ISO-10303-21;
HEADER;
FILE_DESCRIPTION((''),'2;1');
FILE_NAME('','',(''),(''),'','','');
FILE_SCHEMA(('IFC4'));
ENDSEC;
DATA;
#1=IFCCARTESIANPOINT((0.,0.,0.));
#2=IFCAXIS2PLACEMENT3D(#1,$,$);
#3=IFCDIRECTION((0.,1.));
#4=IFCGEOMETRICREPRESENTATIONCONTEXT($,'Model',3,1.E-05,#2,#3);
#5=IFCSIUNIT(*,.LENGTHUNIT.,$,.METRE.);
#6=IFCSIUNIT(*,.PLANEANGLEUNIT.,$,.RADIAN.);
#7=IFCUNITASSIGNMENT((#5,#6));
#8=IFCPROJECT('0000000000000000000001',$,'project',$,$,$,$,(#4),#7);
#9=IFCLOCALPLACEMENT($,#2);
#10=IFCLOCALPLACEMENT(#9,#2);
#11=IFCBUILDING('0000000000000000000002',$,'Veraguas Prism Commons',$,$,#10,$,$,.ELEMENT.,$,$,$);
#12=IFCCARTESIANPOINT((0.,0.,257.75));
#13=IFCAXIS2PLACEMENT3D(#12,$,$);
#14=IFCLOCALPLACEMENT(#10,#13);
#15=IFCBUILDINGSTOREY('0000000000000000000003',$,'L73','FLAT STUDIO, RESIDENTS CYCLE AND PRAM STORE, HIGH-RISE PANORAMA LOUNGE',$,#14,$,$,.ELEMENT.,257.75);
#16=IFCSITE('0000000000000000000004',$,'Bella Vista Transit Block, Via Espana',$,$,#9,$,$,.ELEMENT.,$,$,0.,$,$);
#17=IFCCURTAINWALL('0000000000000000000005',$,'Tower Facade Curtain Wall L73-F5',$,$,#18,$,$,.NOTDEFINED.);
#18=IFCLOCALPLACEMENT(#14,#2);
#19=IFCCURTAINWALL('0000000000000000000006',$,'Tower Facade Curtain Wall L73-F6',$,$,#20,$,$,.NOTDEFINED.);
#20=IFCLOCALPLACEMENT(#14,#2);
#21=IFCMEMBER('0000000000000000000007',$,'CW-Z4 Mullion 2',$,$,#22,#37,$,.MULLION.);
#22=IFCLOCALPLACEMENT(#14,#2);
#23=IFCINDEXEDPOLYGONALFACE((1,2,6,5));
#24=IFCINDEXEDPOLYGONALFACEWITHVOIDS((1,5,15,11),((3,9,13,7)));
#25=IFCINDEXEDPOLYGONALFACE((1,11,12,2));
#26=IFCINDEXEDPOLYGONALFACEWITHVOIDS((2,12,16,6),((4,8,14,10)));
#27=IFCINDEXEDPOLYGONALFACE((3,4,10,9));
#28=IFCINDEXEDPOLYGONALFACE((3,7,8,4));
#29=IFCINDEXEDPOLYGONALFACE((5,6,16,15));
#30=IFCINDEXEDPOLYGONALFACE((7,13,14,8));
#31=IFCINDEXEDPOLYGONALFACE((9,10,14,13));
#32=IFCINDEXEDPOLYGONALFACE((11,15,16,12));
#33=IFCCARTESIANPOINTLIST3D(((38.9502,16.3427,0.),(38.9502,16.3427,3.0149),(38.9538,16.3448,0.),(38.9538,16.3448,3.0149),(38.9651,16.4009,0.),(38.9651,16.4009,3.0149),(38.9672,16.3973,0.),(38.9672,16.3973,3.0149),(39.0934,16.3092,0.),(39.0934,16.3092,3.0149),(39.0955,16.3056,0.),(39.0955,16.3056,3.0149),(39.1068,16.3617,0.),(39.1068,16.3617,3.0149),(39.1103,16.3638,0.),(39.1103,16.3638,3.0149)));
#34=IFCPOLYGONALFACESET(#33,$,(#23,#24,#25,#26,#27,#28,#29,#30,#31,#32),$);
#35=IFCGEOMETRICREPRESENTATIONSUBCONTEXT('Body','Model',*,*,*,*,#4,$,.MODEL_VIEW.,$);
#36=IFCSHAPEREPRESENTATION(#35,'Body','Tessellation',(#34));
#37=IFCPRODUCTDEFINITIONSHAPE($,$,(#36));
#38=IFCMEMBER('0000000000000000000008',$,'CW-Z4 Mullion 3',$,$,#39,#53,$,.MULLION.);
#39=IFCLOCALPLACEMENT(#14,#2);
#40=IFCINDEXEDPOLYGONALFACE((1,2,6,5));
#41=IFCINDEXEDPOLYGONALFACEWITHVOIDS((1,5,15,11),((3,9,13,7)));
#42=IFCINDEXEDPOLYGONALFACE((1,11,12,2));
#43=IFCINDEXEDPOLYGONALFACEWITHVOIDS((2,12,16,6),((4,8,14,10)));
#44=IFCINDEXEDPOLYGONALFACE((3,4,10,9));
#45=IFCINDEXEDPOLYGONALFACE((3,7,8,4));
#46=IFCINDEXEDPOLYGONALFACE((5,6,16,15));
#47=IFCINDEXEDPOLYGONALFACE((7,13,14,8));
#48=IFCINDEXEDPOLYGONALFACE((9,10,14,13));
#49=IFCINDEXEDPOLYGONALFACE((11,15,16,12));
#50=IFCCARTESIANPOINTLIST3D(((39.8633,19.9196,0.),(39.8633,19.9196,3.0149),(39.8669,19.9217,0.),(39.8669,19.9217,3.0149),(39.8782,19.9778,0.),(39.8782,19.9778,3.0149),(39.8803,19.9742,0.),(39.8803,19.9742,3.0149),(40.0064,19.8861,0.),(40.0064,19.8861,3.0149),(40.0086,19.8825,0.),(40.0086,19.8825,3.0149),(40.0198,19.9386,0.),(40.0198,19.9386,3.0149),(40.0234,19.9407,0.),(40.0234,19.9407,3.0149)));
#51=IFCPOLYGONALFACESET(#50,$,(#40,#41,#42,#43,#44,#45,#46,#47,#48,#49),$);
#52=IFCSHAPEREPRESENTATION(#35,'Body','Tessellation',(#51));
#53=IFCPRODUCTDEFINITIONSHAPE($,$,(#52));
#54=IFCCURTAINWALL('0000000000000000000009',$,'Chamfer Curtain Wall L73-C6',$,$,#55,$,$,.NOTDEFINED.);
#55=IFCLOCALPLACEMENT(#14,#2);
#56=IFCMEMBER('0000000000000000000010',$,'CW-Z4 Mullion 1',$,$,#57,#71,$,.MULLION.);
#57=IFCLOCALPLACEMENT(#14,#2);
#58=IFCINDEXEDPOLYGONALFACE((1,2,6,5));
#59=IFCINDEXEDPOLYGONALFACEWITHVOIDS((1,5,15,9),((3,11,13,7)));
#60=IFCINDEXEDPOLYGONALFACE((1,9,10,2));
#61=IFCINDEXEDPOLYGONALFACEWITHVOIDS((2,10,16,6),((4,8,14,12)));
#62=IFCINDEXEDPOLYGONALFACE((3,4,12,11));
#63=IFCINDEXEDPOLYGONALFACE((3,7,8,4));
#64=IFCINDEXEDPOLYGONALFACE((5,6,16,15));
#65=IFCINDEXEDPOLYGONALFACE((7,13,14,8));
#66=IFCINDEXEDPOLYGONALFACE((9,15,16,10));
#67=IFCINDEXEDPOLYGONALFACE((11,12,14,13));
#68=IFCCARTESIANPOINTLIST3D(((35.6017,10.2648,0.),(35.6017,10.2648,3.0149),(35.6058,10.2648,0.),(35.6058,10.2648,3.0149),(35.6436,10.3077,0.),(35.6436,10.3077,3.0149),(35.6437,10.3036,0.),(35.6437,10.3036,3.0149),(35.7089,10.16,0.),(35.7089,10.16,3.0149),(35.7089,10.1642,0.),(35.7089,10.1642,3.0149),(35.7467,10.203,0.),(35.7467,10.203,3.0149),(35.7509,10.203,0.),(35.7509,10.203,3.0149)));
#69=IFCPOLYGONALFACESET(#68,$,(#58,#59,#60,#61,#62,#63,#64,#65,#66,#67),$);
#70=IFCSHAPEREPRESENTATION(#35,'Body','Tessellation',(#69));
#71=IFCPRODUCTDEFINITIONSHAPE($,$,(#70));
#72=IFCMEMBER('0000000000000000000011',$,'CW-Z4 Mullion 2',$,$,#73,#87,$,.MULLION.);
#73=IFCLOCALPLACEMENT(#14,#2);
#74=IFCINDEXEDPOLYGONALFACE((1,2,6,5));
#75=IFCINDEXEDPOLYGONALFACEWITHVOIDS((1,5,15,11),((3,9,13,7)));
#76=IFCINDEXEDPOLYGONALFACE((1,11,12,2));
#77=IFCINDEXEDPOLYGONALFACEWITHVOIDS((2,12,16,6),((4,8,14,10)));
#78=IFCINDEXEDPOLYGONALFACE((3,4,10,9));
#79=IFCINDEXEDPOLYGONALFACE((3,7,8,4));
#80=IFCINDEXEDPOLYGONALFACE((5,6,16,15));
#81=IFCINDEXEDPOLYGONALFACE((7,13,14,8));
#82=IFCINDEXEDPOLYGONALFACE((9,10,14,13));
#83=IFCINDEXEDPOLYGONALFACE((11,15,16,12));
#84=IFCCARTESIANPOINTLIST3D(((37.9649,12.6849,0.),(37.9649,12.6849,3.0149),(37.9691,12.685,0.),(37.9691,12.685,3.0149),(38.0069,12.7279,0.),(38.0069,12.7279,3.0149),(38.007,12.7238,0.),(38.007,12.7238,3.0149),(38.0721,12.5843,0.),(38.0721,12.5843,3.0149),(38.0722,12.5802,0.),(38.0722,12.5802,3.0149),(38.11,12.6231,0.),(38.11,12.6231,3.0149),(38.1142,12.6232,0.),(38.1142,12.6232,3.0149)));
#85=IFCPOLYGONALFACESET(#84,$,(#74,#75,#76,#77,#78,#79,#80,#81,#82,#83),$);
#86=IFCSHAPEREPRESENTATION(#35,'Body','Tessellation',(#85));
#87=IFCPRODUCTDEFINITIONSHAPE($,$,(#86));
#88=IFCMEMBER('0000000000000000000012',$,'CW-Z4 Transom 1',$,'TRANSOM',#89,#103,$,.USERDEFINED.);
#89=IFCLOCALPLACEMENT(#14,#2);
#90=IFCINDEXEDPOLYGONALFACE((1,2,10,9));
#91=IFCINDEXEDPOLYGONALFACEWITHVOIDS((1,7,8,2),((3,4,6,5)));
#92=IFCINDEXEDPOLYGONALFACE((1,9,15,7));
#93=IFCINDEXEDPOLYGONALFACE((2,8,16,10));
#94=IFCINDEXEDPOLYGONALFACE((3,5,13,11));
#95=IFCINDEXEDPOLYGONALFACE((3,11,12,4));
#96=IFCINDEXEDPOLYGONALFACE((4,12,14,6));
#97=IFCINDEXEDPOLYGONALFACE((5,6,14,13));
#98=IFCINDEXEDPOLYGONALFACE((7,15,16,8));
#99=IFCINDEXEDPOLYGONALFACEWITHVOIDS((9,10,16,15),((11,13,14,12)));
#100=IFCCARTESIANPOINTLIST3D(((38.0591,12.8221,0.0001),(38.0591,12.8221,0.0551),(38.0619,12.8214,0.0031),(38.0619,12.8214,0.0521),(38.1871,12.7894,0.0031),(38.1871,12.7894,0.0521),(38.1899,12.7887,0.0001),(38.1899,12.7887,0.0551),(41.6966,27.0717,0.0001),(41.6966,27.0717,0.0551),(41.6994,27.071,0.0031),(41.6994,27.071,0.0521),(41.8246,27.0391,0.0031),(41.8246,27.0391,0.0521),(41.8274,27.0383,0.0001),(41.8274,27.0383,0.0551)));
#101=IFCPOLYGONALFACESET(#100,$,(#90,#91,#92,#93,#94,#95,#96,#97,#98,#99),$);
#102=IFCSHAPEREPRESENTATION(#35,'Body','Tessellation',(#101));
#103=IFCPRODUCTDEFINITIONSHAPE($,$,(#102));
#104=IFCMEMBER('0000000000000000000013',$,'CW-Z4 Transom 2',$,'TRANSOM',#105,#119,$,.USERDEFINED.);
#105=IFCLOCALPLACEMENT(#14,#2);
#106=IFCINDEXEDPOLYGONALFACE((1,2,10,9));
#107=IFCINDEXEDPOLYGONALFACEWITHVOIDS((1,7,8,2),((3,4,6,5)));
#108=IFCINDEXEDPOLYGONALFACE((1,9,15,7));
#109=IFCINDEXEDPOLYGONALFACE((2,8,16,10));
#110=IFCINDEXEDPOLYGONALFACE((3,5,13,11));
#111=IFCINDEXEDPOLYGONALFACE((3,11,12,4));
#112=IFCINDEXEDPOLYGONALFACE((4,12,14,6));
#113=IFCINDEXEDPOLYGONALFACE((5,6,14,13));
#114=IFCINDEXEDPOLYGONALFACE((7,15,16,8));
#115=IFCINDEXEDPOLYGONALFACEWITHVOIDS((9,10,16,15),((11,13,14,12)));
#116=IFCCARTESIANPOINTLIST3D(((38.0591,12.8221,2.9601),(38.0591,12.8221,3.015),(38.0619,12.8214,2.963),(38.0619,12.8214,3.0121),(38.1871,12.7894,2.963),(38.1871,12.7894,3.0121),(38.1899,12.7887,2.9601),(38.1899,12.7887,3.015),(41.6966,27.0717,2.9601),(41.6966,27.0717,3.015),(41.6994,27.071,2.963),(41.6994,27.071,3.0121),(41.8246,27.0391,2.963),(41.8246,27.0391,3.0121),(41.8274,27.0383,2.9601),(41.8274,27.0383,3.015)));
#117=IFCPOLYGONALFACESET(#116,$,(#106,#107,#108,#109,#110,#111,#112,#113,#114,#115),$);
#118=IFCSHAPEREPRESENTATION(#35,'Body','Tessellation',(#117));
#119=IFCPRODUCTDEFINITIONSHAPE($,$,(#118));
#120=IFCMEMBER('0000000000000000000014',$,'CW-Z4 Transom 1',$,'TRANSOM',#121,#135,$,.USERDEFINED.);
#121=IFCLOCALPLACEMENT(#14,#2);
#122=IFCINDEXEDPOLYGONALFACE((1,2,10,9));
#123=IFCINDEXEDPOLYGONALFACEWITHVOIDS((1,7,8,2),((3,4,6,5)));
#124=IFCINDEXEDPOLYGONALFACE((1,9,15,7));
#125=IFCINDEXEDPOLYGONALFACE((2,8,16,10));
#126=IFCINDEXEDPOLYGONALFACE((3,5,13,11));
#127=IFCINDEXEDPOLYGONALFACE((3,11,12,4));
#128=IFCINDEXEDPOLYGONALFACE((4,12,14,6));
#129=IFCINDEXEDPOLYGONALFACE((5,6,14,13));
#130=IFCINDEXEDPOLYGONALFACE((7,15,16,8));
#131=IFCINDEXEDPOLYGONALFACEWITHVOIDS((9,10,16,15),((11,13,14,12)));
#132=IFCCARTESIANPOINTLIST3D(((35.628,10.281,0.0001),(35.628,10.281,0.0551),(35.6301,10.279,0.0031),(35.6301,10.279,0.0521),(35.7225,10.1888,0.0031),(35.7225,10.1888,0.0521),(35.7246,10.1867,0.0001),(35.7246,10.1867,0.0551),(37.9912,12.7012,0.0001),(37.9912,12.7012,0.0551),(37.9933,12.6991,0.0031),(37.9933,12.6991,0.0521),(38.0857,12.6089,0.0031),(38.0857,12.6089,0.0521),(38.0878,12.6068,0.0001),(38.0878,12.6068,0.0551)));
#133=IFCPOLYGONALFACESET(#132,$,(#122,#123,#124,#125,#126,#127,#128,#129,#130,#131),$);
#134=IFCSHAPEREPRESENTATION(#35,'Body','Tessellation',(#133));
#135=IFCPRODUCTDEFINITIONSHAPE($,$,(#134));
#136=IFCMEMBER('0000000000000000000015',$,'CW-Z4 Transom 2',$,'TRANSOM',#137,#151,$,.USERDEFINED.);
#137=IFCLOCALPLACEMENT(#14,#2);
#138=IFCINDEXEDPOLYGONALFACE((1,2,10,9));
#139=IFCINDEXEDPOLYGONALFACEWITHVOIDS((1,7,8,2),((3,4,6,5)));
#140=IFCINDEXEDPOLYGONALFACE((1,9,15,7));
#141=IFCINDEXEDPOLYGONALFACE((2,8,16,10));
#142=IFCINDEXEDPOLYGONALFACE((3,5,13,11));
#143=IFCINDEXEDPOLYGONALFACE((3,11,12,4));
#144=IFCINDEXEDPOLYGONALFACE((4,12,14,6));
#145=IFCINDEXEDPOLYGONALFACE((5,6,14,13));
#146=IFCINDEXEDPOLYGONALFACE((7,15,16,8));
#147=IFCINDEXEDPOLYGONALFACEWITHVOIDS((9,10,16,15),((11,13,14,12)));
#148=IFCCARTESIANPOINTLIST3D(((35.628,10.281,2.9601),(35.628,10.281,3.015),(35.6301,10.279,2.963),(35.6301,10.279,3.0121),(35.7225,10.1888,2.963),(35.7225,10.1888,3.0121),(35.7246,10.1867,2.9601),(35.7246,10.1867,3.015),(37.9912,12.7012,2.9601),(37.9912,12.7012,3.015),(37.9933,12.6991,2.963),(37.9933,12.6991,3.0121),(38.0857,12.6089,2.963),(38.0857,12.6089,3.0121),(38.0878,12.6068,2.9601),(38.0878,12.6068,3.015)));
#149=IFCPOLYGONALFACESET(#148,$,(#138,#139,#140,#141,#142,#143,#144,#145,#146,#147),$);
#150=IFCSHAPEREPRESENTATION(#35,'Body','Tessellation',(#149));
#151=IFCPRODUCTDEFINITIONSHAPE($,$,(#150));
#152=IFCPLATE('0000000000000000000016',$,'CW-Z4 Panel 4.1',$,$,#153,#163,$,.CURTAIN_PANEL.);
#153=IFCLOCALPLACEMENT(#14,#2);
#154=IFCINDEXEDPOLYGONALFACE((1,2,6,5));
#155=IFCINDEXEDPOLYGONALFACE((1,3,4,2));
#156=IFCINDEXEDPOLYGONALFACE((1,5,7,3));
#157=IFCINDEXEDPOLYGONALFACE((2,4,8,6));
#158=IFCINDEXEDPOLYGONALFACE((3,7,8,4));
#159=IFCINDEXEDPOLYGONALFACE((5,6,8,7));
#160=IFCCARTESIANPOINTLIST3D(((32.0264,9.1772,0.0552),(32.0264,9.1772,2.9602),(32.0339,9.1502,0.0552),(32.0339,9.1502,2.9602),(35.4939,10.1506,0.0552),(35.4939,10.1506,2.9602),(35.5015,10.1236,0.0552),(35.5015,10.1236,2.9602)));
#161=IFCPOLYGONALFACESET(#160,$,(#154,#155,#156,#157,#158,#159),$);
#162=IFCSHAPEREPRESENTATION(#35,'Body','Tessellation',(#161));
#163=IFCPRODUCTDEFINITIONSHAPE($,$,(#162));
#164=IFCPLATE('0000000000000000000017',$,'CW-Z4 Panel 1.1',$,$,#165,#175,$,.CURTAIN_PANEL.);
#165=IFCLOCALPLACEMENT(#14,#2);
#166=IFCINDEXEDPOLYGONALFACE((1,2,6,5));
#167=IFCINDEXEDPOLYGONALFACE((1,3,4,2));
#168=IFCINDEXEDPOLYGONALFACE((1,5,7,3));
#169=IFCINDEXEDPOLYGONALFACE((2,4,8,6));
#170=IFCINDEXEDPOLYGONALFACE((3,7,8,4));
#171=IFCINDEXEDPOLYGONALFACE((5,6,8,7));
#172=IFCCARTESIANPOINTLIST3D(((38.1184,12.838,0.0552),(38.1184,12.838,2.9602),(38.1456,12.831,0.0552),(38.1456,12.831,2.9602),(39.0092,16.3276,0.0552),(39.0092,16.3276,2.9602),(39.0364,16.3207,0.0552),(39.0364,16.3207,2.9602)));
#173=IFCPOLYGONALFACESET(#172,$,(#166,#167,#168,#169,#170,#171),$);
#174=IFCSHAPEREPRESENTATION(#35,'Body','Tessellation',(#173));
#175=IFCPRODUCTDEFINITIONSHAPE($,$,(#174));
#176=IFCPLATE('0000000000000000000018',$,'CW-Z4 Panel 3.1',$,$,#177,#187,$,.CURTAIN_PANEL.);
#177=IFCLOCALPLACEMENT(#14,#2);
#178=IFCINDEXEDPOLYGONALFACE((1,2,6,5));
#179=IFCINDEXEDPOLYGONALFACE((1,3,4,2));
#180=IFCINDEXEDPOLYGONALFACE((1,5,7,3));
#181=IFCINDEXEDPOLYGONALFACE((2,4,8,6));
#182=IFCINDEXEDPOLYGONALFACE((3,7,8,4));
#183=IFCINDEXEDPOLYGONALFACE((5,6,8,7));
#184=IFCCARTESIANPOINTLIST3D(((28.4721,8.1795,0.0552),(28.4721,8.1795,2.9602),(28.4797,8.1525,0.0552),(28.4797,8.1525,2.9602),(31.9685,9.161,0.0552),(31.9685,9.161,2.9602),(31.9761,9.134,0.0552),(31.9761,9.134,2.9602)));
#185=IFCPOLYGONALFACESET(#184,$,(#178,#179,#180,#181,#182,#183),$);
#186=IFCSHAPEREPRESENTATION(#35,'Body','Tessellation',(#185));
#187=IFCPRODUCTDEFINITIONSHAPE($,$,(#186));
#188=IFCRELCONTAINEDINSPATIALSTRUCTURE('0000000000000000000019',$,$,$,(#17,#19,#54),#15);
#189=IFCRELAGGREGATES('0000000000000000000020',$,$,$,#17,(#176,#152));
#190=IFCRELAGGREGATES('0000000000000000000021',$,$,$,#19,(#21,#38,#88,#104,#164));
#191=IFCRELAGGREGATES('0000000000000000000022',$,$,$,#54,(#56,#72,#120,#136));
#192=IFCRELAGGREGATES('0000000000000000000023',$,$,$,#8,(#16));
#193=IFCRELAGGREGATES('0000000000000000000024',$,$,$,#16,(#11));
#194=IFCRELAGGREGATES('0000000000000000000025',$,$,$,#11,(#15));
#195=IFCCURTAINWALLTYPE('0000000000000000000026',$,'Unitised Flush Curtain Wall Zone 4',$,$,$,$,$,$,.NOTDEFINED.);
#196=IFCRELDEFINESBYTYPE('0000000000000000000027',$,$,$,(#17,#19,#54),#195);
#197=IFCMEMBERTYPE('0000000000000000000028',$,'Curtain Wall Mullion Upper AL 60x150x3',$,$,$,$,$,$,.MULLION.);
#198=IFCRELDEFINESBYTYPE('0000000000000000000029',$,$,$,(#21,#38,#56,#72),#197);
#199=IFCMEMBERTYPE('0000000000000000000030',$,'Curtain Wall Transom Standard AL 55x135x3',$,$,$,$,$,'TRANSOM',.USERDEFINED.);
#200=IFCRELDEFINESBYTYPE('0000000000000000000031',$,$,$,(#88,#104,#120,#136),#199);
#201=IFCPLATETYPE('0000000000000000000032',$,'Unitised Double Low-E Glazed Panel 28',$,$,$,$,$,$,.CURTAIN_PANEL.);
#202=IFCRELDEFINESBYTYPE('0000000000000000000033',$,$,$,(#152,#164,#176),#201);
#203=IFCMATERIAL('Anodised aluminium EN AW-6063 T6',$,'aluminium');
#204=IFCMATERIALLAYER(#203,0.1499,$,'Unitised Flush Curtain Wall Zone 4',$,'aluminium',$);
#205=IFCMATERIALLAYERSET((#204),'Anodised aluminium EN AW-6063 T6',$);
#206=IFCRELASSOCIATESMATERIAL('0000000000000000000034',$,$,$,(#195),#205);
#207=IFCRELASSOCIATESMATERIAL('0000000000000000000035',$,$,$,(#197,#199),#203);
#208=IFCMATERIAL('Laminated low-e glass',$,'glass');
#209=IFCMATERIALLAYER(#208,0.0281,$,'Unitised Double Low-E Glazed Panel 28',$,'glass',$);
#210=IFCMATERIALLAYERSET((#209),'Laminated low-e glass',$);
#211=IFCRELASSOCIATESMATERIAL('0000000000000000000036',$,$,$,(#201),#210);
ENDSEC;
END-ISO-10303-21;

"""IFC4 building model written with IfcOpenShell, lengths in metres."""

from ifc_helpers import new_model, si_unit, direction, frame, origin, origin_2d, place, context, subcontext, project, spatial, rectangle, hollow_rectangle, extrude, source, transform, mapped, material, layer, layer_set, material_profile, profile_set, type_object, element, aggregate, save


model = new_model("IFC4")

# Units and contexts
model_context = context("Model", 3, precision=1e-05, world=origin(), true_north=direction((0.0, 1.0)))
body_context = subcontext(model_context, "Body", "Model", "MODEL_VIEW")
ifc_project = project(units=[si_unit("LENGTHUNIT", "METRE"), si_unit("PLANEANGLEUNIT", "RADIAN")], contexts=[model_context])

# Site, building, storey
site_placement = place(None, origin())
site = spatial("IfcSite", under=ifc_project, at=site_placement, Name="Bella Vista Transit Block, Via Espana", CompositionType="ELEMENT", RefElevation=0.0)
building_placement = place(site_placement, origin())
building = spatial("IfcBuilding", under=site, at=building_placement, Name="Veraguas Prism Commons", CompositionType="ELEMENT")
storey_placement = place(building_placement, frame((0.0, 0.0, 257.75)))
storey = spatial("IfcBuildingStorey", under=building, at=storey_placement, Name="L73", Description="FLAT STUDIO, RESIDENTS CYCLE AND PRAM STORE, HIGH-RISE PANORAMA LOUNGE", CompositionType="ELEMENT", Elevation=257.75)

# Curtain walls, members
ifc_material_1 = material(Name="Anodised aluminium EN AW-6063 T6", Category="aluminium")
ifc_layer_1 = layer(ifc_material_1, 0.1499, Name="Unitised Flush Curtain Wall Zone 4", Category="aluminium")
ifc_layer_set_1 = layer_set([ifc_layer_1], Name="Anodised aluminium EN AW-6063 T6")
curtain_wall_type = type_object("IfcCurtainWallType", Name="Unitised Flush Curtain Wall Zone 4", PredefinedType="NOTDEFINED", material=ifc_layer_set_1)
curtain_wall_1_placement = place(storey_placement, origin())
curtain_wall_1 = element("IfcCurtainWall", 1, at=curtain_wall_1_placement, inside=storey, type_object=curtain_wall_type, Name="Tower Facade Curtain Wall L73-F5", PredefinedType="NOTDEFINED")
ifc_material_profile_1 = material_profile(ifc_material_1, hollow_rectangle(XDim=0.0601, YDim=0.1499, WallThickness=0.0029, at=origin_2d()), Name="AL60X150X3")
ifc_profile_set_1 = profile_set([ifc_material_profile_1], Name="Anodised aluminium EN AW-6063 T6")
member_type_1 = type_object("IfcMemberType", Name="Curtain Wall Mullion Upper AL 60x150x3", PredefinedType="MULLION", material=ifc_profile_set_1)
shared_shape_1 = source(origin(), body_context, "Body", "SweptSolid", [
    extrude(hollow_rectangle(XDim=0.0601, YDim=0.1499, WallThickness=0.0029, at=origin_2d()), origin(), (0.0, 0.0, 1.0), 3.0149),
])
curtain_wall_2_placement = place(storey_placement, origin())
curtain_wall_2 = element("IfcCurtainWall", 2, at=curtain_wall_2_placement, inside=storey, type_object=curtain_wall_type, Name="Tower Facade Curtain Wall L73-F6", PredefinedType="NOTDEFINED")
member_1_placement = place(storey_placement, frame((39.0303, 16.3533, 0.0), z_axis=(0.0, 0.0, 1.0), x_axis=(0.247339, 0.968929, 0.0)))
member_1 = element("IfcMember", 3, at=member_1_placement, type_object=member_type_1, Name="CW-Z4 Mullion 2", PredefinedType="MULLION", context=body_context, shape_type="MappedRepresentation", body=[
    mapped(shared_shape_1, transform((0.0, 0.0, 0.0), scale=1.0)),
])
member_2_placement = place(storey_placement, frame((39.9434, 19.9302, 0.0), z_axis=(0.0, 0.0, 1.0), x_axis=(0.247339, 0.968929, 0.0)))
member_2 = element("IfcMember", 4, at=member_2_placement, type_object=member_type_1, Name="CW-Z4 Mullion 3", PredefinedType="MULLION", context=body_context, shape_type="MappedRepresentation", body=[
    mapped(shared_shape_1, transform((0.0, 0.0, 0.0), scale=1.0)),
])
curtain_wall_3_placement = place(storey_placement, origin())
curtain_wall_3 = element("IfcCurtainWall", 5, at=curtain_wall_3_placement, inside=storey, type_object=curtain_wall_type, Name="Chamfer Curtain Wall L73-C6", PredefinedType="NOTDEFINED")
member_3_placement = place(storey_placement, frame((35.6763, 10.2339, 0.0), z_axis=(0.0, 0.0, 1.0), x_axis=(0.698663, 0.715451, 0.0)))
member_3 = element("IfcMember", 6, at=member_3_placement, type_object=member_type_1, Name="CW-Z4 Mullion 1", PredefinedType="MULLION", context=body_context, shape_type="MappedRepresentation", body=[
    mapped(shared_shape_1, transform((0.0, 0.0, 0.0), scale=1.0)),
])
member_4_placement = place(storey_placement, frame((38.0396, 12.6541, 0.0), z_axis=(0.0, 0.0, 1.0), x_axis=(0.698663, 0.715451, 0.0)))
member_4 = element("IfcMember", 7, at=member_4_placement, type_object=member_type_1, Name="CW-Z4 Mullion 2", PredefinedType="MULLION", context=body_context, shape_type="MappedRepresentation", body=[
    mapped(shared_shape_1, transform((0.0, 0.0, 0.0), scale=1.0)),
])

# Members
ifc_material_profile_2 = material_profile(ifc_material_1, hollow_rectangle(XDim=0.0549, YDim=0.135, WallThickness=0.0029, at=origin_2d()), Name="AL55X135X3")
ifc_profile_set_2 = profile_set([ifc_material_profile_2], Name="Anodised aluminium EN AW-6063 T6")
member_type_2 = type_object("IfcMemberType", Name="Curtain Wall Transom Standard AL 55x135x3", ElementType="TRANSOM", PredefinedType="USERDEFINED", material=ifc_profile_set_2)
shared_shape_2 = source(origin(), body_context, "Body", "SweptSolid", [
    extrude(hollow_rectangle(XDim=0.0549, YDim=0.135, WallThickness=0.0029, at=origin_2d()), origin(), (0.0, 0.0, 1.0), 14.7065),
])
member_5_placement = place(storey_placement, frame((38.1245, 12.8054, 0.0276), z_axis=(0.247337, 0.968929, 0.0), x_axis=(0.0, 0.0, 1.0)))
member_5 = element("IfcMember", 8, at=member_5_placement, type_object=member_type_2, Name="CW-Z4 Transom 1", ObjectType="TRANSOM", PredefinedType="USERDEFINED", context=body_context, shape_type="MappedRepresentation", body=[
    mapped(shared_shape_2, transform((0.0, 0.0, 0.0), scale=1.0)),
])
member_6_placement = place(storey_placement, frame((38.1245, 12.8054, 2.9875), z_axis=(0.247337, 0.968929, 0.0), x_axis=(0.0, 0.0, 1.0)))
member_6 = element("IfcMember", 9, at=member_6_placement, type_object=member_type_2, Name="CW-Z4 Transom 2", ObjectType="TRANSOM", PredefinedType="USERDEFINED", context=body_context, shape_type="MappedRepresentation", body=[
    mapped(shared_shape_2, transform((0.0, 0.0, 0.0), scale=1.0)),
])
shared_shape_3 = source(origin(), body_context, "Body", "SweptSolid", [
    extrude(hollow_rectangle(XDim=0.0549, YDim=0.135, WallThickness=0.0029, at=origin_2d()), origin(), (0.0, 0.0, 1.0), 3.3826),
])
member_7_placement = place(storey_placement, frame((35.6763, 10.2339, 0.0276), z_axis=(0.698648, 0.715465, 0.0), x_axis=(0.0, 0.0, 1.0)))
member_7 = element("IfcMember", 10, at=member_7_placement, type_object=member_type_2, Name="CW-Z4 Transom 1", ObjectType="TRANSOM", PredefinedType="USERDEFINED", context=body_context, shape_type="MappedRepresentation", body=[
    mapped(shared_shape_3, transform((0.0, 0.0, 0.0), scale=1.0)),
])
member_8_placement = place(storey_placement, frame((35.6763, 10.2339, 2.9875), z_axis=(0.698648, 0.715465, 0.0), x_axis=(0.0, 0.0, 1.0)))
member_8 = element("IfcMember", 11, at=member_8_placement, type_object=member_type_2, Name="CW-Z4 Transom 2", ObjectType="TRANSOM", PredefinedType="USERDEFINED", context=body_context, shape_type="MappedRepresentation", body=[
    mapped(shared_shape_3, transform((0.0, 0.0, 0.0), scale=1.0)),
])

# Plates
ifc_material_2 = material(Name="Laminated low-e glass", Category="glass")
ifc_layer_2 = layer(ifc_material_2, 0.0281, Name="Unitised Double Low-E Glazed Panel 28", Category="glass")
ifc_layer_set_2 = layer_set([ifc_layer_2], Name="Laminated low-e glass")
plate_type = type_object("IfcPlateType", Name="Unitised Double Low-E Glazed Panel 28", PredefinedType="CURTAIN_PANEL", material=ifc_layer_set_2)
shared_shape_4 = source(origin(), body_context, "Body", "SweptSolid", [
    extrude(rectangle(XDim=3.6016, YDim=0.0281, at=origin_2d()), origin(), (0.0, 0.0, 1.0), 2.905),
])
plate_1_placement = place(storey_placement, frame((33.7639, 9.6504, 0.0552), z_axis=(0.0, 0.0, 1.0), x_axis=(0.962785, 0.270269, 0.0)))
plate_1 = element("IfcPlate", 12, at=plate_1_placement, type_object=plate_type, Name="CW-Z4 Panel 4.1", PredefinedType="CURTAIN_PANEL", context=body_context, shape_type="MappedRepresentation", body=[
    mapped(shared_shape_4, transform((0.0, 0.0, 0.0), scale=1.0)),
])
plate_2_placement = place(storey_placement, frame((38.5774, 14.5793, 0.0552), z_axis=(0.0, 0.0, 1.0), x_axis=(0.247339, 0.968929, 0.0)))
plate_2 = element("IfcPlate", 13, at=plate_2_placement, type_object=plate_type, Name="CW-Z4 Panel 1.1", PredefinedType="CURTAIN_PANEL", context=body_context, shape_type="MappedRepresentation", body=[
    mapped(shared_shape_4, transform((0.0, 0.0, 0.0), scale=1.0)),
])
shared_shape_5 = source(origin(), body_context, "Body", "SweptSolid", [
    extrude(rectangle(XDim=3.6316, YDim=0.0281, at=origin_2d()), origin(), (0.0, 0.0, 1.0), 2.905),
])
plate_3_placement = place(storey_placement, frame((30.2241, 8.6567, 0.0552), z_axis=(0.0, 0.0, 1.0), x_axis=(0.962785, 0.270269, 0.0)))
plate_3 = element("IfcPlate", 14, at=plate_3_placement, type_object=plate_type, Name="CW-Z4 Panel 3.1", PredefinedType="CURTAIN_PANEL", context=body_context, shape_type="MappedRepresentation", body=[
    mapped(shared_shape_5, transform((0.0, 0.0, 0.0), scale=1.0)),
])
aggregate(curtain_wall_1, [plate_3, plate_1])
aggregate(curtain_wall_2, [member_1, member_2, member_5, member_6, plate_2])
aggregate(curtain_wall_3, [member_3, member_4, member_7, member_8])

save(model, "model.ifc")
